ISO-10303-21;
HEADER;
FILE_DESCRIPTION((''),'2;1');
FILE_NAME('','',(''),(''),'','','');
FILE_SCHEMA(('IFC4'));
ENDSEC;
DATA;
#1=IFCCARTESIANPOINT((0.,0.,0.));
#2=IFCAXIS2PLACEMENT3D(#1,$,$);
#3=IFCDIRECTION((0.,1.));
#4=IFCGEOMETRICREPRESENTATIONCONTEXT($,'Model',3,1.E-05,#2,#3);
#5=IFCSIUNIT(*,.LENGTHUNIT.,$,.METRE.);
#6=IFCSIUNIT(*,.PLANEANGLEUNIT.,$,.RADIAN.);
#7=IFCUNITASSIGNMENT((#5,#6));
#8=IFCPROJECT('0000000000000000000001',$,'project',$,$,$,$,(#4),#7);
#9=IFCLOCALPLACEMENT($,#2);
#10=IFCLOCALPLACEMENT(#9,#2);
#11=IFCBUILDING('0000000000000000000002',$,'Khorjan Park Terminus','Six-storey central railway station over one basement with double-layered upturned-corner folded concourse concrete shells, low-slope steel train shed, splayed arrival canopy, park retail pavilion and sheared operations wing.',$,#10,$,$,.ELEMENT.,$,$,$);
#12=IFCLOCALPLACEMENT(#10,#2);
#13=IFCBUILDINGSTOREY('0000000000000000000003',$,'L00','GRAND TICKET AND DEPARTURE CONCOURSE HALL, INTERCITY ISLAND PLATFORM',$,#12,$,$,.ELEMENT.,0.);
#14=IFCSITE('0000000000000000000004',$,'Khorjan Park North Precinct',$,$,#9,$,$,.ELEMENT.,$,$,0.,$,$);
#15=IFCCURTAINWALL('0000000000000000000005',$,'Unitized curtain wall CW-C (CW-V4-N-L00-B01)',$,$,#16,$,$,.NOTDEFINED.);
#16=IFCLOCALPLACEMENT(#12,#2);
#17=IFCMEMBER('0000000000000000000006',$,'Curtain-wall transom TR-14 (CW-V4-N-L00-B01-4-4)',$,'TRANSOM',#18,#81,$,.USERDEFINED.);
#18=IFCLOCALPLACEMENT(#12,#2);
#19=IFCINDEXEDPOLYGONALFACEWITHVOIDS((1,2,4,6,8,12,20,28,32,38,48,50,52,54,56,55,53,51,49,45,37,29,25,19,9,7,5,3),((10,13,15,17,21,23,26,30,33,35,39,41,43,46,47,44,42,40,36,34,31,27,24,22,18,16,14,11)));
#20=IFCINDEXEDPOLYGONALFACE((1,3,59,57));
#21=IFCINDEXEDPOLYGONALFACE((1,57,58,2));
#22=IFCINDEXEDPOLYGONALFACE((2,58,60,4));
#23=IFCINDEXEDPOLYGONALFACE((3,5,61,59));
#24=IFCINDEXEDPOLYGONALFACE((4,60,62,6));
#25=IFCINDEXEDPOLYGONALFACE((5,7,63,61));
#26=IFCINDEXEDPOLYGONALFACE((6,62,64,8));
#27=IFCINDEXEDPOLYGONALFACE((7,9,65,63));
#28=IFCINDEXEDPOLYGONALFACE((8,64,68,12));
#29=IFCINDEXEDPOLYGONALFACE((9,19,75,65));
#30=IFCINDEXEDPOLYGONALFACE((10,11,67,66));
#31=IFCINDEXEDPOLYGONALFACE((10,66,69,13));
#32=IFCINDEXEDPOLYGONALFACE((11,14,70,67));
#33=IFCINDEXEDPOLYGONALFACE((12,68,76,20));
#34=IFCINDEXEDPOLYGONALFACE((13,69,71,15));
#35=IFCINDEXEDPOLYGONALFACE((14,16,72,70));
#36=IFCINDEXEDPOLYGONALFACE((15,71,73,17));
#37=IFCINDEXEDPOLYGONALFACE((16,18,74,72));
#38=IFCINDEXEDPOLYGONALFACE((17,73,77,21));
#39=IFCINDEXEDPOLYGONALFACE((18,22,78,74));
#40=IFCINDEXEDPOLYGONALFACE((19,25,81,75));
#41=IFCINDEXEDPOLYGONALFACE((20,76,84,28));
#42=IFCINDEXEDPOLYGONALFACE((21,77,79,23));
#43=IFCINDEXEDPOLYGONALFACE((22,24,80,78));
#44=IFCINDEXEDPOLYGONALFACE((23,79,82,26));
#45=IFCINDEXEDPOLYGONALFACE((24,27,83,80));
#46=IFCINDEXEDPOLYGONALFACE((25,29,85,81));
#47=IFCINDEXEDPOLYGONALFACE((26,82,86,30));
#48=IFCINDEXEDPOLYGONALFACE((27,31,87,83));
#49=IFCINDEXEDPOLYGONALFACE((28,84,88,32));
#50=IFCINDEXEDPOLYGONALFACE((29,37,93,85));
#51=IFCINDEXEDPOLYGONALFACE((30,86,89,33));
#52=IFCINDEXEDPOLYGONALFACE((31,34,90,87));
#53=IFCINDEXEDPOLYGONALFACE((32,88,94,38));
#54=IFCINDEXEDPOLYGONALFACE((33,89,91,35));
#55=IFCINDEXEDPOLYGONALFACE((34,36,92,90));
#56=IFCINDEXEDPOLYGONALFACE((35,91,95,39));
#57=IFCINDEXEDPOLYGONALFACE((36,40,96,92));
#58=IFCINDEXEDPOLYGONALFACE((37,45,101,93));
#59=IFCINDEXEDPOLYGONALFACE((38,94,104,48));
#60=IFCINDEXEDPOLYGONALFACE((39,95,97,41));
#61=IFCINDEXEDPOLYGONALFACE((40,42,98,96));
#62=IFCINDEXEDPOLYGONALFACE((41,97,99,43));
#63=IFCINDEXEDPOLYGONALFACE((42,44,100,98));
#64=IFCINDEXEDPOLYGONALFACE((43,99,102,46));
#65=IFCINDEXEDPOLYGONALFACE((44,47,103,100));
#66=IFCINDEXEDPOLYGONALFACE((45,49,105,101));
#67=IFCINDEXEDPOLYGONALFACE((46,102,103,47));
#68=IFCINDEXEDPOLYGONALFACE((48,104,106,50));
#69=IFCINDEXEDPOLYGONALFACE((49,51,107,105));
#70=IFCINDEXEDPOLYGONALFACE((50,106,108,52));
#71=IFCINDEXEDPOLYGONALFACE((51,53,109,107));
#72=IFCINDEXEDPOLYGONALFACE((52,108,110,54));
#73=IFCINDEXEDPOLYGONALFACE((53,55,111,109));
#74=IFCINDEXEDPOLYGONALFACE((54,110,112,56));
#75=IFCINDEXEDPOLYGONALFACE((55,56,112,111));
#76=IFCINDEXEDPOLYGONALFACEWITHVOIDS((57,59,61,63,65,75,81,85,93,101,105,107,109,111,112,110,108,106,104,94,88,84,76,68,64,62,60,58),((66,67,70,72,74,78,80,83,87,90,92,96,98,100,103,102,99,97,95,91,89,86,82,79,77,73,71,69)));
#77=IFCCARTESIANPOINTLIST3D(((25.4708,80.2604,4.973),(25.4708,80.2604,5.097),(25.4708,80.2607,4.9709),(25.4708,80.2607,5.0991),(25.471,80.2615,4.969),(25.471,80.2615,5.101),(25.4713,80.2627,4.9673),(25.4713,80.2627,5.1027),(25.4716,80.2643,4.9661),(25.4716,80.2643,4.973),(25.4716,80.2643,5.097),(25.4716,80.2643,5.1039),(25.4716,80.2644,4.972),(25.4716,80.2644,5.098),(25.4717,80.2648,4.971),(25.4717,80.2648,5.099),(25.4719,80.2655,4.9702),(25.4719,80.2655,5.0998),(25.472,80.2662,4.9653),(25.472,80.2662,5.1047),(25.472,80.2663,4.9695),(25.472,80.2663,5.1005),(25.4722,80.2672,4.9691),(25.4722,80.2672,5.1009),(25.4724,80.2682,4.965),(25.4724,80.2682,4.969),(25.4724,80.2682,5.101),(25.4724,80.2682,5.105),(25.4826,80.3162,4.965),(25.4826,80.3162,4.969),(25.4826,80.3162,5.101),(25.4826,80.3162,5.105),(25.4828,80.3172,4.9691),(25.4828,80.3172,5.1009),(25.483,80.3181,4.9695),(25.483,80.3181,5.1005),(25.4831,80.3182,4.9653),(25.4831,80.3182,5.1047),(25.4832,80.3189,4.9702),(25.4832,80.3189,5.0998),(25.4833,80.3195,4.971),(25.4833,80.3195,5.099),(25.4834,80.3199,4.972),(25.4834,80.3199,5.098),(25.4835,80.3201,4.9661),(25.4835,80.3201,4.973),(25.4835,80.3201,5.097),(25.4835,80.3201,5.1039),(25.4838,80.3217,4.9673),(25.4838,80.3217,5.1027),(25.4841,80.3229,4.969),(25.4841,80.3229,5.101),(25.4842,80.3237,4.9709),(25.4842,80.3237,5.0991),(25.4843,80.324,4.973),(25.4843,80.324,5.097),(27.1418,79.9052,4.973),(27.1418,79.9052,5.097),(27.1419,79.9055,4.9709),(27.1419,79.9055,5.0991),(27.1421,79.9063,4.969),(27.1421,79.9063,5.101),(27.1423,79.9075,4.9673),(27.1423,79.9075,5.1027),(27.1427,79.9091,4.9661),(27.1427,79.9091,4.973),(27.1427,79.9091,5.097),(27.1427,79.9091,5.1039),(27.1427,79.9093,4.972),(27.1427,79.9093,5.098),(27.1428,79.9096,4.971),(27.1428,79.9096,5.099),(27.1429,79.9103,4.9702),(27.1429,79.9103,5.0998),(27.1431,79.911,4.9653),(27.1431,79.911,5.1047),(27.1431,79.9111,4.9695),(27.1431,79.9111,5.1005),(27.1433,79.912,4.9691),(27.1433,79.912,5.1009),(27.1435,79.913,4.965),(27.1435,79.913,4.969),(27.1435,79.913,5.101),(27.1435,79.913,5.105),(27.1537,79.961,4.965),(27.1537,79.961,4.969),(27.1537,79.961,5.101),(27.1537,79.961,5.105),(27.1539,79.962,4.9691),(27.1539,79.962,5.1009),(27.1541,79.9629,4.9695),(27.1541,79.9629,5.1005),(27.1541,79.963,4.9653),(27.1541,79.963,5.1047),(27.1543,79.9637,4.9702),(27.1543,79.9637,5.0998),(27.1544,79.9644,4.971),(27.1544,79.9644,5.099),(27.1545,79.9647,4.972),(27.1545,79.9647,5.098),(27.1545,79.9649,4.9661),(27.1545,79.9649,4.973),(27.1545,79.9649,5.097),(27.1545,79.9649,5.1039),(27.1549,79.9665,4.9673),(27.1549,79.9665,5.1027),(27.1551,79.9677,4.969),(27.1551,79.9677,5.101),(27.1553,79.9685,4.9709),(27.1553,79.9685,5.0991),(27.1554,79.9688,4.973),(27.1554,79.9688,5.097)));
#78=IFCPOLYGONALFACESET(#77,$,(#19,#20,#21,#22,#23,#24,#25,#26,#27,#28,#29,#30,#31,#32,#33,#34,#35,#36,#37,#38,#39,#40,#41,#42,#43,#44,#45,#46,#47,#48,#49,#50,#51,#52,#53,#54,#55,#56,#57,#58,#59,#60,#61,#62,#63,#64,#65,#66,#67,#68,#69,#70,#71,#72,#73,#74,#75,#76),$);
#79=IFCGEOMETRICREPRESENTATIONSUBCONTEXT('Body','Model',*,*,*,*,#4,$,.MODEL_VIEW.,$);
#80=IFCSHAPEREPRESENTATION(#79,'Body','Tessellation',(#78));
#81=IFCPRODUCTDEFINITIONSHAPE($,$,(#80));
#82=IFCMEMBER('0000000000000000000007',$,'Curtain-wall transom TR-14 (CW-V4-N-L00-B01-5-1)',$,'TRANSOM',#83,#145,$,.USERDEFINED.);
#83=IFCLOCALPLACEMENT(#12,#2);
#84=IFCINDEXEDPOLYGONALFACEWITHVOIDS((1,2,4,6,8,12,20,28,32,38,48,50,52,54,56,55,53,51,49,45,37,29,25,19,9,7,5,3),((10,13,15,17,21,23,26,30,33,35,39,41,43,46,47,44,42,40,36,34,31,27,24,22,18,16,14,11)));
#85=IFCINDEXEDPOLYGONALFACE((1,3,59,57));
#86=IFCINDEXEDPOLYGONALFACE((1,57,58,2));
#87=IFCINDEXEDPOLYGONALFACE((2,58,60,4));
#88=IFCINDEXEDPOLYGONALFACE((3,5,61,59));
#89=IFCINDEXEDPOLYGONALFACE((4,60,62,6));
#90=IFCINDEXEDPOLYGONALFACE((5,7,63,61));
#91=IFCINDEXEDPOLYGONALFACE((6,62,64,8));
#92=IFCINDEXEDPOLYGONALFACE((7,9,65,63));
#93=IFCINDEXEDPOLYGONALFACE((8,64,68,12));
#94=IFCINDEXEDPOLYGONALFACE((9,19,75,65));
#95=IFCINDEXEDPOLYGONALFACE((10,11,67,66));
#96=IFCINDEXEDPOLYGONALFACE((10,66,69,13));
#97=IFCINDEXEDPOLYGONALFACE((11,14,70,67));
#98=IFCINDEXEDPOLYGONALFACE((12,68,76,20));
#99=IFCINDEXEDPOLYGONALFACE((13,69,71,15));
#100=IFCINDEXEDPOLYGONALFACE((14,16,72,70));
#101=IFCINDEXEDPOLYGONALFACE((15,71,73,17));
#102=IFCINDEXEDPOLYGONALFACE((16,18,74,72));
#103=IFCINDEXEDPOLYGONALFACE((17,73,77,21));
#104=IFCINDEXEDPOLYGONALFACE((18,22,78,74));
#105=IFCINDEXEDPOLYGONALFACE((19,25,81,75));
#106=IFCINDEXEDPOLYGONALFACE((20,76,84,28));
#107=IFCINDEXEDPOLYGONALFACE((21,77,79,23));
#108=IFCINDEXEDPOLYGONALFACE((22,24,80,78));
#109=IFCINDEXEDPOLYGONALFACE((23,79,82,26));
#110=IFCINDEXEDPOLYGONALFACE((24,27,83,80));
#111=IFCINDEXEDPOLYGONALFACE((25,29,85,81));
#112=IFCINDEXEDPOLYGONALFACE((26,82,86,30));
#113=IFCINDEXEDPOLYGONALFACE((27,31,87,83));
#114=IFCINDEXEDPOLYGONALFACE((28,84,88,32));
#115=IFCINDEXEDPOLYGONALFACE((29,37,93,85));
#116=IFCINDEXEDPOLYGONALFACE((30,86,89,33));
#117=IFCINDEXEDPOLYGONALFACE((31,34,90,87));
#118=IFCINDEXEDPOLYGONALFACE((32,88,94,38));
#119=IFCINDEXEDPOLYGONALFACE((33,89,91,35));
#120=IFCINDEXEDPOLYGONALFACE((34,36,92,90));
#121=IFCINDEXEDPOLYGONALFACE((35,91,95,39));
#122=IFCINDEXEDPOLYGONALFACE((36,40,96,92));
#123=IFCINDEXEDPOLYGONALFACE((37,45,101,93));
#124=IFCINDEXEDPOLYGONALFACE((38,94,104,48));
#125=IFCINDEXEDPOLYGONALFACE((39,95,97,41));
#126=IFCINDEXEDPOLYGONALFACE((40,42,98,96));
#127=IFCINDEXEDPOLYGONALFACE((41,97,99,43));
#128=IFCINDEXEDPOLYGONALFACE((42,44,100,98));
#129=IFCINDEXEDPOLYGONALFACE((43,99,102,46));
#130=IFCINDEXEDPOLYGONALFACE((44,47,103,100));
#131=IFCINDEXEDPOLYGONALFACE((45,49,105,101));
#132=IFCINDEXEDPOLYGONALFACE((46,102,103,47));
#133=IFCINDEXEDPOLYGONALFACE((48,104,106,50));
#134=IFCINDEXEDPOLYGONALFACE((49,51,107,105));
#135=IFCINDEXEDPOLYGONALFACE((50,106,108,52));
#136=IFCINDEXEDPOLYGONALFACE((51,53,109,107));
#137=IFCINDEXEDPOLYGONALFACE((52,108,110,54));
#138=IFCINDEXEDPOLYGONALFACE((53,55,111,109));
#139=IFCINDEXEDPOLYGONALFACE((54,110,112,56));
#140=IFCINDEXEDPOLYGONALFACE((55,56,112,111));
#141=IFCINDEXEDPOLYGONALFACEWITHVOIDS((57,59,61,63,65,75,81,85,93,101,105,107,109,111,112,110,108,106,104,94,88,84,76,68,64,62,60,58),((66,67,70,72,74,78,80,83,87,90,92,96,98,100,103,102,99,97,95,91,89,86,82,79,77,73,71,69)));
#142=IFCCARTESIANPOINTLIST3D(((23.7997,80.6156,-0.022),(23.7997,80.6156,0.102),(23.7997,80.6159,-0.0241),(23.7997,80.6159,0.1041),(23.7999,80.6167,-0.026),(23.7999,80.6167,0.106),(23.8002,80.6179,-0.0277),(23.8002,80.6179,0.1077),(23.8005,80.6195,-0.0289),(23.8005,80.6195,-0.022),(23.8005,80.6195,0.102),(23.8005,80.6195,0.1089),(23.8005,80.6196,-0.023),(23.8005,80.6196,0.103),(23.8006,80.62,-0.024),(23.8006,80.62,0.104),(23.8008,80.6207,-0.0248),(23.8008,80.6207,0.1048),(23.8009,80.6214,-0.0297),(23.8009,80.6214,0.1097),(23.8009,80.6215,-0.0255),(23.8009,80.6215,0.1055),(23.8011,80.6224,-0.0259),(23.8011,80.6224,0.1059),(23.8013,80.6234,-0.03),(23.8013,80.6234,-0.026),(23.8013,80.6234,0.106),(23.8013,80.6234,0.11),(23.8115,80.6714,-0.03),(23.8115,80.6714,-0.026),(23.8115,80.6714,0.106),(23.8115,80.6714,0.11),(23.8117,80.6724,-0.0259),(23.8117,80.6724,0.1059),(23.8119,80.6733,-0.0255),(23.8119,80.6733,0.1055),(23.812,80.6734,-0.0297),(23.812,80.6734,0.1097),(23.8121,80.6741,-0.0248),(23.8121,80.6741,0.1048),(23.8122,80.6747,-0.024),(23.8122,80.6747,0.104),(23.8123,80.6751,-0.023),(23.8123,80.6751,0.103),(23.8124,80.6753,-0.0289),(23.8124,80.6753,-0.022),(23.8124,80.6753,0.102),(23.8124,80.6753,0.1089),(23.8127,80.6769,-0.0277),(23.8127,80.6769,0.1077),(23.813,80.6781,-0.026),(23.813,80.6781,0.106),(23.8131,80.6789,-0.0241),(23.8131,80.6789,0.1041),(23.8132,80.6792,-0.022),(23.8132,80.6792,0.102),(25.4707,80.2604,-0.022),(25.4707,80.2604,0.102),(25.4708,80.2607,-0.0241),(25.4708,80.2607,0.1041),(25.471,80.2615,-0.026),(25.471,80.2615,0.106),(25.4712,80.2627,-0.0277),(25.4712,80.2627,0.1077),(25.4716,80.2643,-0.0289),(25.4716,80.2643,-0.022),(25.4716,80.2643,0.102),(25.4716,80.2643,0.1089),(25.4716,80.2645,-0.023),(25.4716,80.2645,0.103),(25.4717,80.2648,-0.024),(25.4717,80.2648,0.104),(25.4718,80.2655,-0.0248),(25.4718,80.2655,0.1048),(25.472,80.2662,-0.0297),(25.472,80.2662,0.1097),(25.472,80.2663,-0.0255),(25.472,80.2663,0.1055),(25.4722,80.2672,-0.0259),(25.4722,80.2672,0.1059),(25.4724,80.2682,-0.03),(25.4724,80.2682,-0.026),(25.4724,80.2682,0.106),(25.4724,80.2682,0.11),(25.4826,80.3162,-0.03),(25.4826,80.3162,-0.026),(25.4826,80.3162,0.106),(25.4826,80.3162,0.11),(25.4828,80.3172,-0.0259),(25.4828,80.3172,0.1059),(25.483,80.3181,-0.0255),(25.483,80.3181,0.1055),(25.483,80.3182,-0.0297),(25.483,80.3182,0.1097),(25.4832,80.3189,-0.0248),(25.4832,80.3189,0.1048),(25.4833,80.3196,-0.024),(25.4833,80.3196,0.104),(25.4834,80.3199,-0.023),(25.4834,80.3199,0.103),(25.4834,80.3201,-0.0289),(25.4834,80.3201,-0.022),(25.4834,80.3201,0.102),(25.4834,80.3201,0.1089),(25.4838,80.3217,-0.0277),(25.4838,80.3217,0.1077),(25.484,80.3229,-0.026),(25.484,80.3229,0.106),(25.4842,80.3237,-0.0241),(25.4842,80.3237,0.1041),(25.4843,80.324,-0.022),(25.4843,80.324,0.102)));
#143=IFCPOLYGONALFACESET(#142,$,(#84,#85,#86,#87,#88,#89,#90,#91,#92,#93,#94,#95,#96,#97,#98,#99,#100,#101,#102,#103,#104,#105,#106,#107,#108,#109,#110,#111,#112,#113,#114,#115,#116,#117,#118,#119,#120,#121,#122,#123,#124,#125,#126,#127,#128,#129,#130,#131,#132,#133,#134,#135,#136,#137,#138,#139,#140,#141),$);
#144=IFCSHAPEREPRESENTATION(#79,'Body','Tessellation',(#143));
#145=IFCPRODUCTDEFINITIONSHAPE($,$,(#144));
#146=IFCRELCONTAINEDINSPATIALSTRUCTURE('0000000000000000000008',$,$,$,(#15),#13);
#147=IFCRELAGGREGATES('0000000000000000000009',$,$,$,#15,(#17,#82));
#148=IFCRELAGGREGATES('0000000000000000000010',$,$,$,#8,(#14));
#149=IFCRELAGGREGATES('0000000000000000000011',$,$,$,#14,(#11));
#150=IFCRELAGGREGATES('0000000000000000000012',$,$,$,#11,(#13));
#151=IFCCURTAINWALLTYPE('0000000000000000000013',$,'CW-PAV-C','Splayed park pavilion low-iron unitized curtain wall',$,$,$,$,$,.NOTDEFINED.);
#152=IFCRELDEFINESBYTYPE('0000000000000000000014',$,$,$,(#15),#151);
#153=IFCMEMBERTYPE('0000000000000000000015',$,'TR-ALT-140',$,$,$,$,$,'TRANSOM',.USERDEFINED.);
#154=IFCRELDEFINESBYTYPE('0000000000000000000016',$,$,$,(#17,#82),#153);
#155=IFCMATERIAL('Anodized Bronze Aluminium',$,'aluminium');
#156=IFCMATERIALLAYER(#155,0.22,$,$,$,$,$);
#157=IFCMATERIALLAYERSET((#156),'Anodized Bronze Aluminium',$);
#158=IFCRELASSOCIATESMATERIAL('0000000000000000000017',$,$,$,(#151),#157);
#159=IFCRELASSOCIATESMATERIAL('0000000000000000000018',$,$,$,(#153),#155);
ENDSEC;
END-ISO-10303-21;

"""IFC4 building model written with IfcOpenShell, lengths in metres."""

from ifc_helpers import new_model, si_unit, direction, frame, origin, origin_2d, place, context, subcontext, project, spatial, hollow_rectangle, extrude, material, layer, layer_set, material_profile, profile_set, type_object, element, aggregate, save


model = new_model("IFC4")

# Units and contexts
model_context = context("Model", 3, precision=1e-05, world=origin(), true_north=direction((0.0, 1.0)))
body_context = subcontext(model_context, "Body", "Model", "MODEL_VIEW")
ifc_project = project(units=[si_unit("LENGTHUNIT", "METRE"), si_unit("PLANEANGLEUNIT", "RADIAN")], contexts=[model_context])

# Site, building, storey
site_placement = place(None, origin())
site = spatial("IfcSite", under=ifc_project, at=site_placement, Name="Khorjan Park North Precinct", CompositionType="ELEMENT", RefElevation=0.0)
building_placement = place(site_placement, origin())
building = spatial("IfcBuilding", under=site, at=building_placement, Name="Khorjan Park Terminus", Description="Six-storey central railway station over one basement with double-layered upturned-corner folded concourse concrete shells, low-slope steel train shed, splayed arrival canopy, park retail pavilion and sheared operations wing.", CompositionType="ELEMENT")
storey_placement = place(building_placement, origin())
storey = spatial("IfcBuildingStorey", under=building, at=storey_placement, Name="L00", Description="GRAND TICKET AND DEPARTURE CONCOURSE HALL, INTERCITY ISLAND PLATFORM", CompositionType="ELEMENT", Elevation=0.0)

# Curtain wall, members
ifc_material_1 = material(Name="Anodized Bronze Aluminium", Category="aluminium")
ifc_layer_1 = layer(ifc_material_1, 0.22)
ifc_layer_set_1 = layer_set([ifc_layer_1], Name="Anodized Bronze Aluminium")
curtain_wall_type = type_object("IfcCurtainWallType", Name="CW-PAV-C", Description="Splayed park pavilion low-iron unitized curtain wall", PredefinedType="NOTDEFINED", material=ifc_layer_set_1)
curtain_wall_placement = place(storey_placement, origin())
curtain_wall = element("IfcCurtainWall", 1, at=curtain_wall_placement, inside=storey, type_object=curtain_wall_type, Name="Unitized curtain wall CW-C (CW-V4-N-L00-B01)", PredefinedType="NOTDEFINED")
ifc_material_profile_1 = material_profile(ifc_material_1, hollow_rectangle(XDim=0.065, YDim=0.14, WallThickness=0.004, InnerFilletRadius=0.004, OuterFilletRadius=0.008, at=origin_2d()), Name="ALT 65x140x4")
ifc_profile_set_1 = profile_set([ifc_material_profile_1], Name="Anodized Bronze Aluminium")
member_type_1 = type_object("IfcMemberType", Name="TR-ALT-140", ElementType="TRANSOM", PredefinedType="USERDEFINED", material=ifc_profile_set_1)
member_1_placement = place(storey_placement, frame((27.1486, 79.937, 5.035), z_axis=(-0.978148, 0.20791, 0.0), x_axis=(-0.20791, -0.978148, 0.0)))
member_1 = element("IfcMember", 2, at=member_1_placement, type_object=member_type_1, Name="Curtain-wall transom TR-14 (CW-V4-N-L00-B01-4-4)", ObjectType="TRANSOM", PredefinedType="USERDEFINED", context=body_context, shape_type="SweptSolid", body=[
    extrude(hollow_rectangle(XDim=0.065, YDim=0.14, WallThickness=0.004, InnerFilletRadius=0.004, OuterFilletRadius=0.008, at=origin_2d()), origin(), (0.0, 0.0, 1.0), 1.7084),
])
member_2_placement = place(storey_placement, frame((25.4775, 80.2922, 0.04), z_axis=(-0.978148, 0.20791, 0.0), x_axis=(-0.20791, -0.978148, 0.0)))
member_2 = element("IfcMember", 3, at=member_2_placement, type_object=member_type_1, Name="Curtain-wall transom TR-14 (CW-V4-N-L00-B01-5-1)", ObjectType="TRANSOM", PredefinedType="USERDEFINED", context=body_context, shape_type="SweptSolid", body=[
    extrude(hollow_rectangle(XDim=0.065, YDim=0.14, WallThickness=0.004, InnerFilletRadius=0.004, OuterFilletRadius=0.008, at=origin_2d()), origin(), (0.0, 0.0, 1.0), 1.7084),
])
aggregate(curtain_wall, [member_1, member_2])

save(model, "model.ifc")
